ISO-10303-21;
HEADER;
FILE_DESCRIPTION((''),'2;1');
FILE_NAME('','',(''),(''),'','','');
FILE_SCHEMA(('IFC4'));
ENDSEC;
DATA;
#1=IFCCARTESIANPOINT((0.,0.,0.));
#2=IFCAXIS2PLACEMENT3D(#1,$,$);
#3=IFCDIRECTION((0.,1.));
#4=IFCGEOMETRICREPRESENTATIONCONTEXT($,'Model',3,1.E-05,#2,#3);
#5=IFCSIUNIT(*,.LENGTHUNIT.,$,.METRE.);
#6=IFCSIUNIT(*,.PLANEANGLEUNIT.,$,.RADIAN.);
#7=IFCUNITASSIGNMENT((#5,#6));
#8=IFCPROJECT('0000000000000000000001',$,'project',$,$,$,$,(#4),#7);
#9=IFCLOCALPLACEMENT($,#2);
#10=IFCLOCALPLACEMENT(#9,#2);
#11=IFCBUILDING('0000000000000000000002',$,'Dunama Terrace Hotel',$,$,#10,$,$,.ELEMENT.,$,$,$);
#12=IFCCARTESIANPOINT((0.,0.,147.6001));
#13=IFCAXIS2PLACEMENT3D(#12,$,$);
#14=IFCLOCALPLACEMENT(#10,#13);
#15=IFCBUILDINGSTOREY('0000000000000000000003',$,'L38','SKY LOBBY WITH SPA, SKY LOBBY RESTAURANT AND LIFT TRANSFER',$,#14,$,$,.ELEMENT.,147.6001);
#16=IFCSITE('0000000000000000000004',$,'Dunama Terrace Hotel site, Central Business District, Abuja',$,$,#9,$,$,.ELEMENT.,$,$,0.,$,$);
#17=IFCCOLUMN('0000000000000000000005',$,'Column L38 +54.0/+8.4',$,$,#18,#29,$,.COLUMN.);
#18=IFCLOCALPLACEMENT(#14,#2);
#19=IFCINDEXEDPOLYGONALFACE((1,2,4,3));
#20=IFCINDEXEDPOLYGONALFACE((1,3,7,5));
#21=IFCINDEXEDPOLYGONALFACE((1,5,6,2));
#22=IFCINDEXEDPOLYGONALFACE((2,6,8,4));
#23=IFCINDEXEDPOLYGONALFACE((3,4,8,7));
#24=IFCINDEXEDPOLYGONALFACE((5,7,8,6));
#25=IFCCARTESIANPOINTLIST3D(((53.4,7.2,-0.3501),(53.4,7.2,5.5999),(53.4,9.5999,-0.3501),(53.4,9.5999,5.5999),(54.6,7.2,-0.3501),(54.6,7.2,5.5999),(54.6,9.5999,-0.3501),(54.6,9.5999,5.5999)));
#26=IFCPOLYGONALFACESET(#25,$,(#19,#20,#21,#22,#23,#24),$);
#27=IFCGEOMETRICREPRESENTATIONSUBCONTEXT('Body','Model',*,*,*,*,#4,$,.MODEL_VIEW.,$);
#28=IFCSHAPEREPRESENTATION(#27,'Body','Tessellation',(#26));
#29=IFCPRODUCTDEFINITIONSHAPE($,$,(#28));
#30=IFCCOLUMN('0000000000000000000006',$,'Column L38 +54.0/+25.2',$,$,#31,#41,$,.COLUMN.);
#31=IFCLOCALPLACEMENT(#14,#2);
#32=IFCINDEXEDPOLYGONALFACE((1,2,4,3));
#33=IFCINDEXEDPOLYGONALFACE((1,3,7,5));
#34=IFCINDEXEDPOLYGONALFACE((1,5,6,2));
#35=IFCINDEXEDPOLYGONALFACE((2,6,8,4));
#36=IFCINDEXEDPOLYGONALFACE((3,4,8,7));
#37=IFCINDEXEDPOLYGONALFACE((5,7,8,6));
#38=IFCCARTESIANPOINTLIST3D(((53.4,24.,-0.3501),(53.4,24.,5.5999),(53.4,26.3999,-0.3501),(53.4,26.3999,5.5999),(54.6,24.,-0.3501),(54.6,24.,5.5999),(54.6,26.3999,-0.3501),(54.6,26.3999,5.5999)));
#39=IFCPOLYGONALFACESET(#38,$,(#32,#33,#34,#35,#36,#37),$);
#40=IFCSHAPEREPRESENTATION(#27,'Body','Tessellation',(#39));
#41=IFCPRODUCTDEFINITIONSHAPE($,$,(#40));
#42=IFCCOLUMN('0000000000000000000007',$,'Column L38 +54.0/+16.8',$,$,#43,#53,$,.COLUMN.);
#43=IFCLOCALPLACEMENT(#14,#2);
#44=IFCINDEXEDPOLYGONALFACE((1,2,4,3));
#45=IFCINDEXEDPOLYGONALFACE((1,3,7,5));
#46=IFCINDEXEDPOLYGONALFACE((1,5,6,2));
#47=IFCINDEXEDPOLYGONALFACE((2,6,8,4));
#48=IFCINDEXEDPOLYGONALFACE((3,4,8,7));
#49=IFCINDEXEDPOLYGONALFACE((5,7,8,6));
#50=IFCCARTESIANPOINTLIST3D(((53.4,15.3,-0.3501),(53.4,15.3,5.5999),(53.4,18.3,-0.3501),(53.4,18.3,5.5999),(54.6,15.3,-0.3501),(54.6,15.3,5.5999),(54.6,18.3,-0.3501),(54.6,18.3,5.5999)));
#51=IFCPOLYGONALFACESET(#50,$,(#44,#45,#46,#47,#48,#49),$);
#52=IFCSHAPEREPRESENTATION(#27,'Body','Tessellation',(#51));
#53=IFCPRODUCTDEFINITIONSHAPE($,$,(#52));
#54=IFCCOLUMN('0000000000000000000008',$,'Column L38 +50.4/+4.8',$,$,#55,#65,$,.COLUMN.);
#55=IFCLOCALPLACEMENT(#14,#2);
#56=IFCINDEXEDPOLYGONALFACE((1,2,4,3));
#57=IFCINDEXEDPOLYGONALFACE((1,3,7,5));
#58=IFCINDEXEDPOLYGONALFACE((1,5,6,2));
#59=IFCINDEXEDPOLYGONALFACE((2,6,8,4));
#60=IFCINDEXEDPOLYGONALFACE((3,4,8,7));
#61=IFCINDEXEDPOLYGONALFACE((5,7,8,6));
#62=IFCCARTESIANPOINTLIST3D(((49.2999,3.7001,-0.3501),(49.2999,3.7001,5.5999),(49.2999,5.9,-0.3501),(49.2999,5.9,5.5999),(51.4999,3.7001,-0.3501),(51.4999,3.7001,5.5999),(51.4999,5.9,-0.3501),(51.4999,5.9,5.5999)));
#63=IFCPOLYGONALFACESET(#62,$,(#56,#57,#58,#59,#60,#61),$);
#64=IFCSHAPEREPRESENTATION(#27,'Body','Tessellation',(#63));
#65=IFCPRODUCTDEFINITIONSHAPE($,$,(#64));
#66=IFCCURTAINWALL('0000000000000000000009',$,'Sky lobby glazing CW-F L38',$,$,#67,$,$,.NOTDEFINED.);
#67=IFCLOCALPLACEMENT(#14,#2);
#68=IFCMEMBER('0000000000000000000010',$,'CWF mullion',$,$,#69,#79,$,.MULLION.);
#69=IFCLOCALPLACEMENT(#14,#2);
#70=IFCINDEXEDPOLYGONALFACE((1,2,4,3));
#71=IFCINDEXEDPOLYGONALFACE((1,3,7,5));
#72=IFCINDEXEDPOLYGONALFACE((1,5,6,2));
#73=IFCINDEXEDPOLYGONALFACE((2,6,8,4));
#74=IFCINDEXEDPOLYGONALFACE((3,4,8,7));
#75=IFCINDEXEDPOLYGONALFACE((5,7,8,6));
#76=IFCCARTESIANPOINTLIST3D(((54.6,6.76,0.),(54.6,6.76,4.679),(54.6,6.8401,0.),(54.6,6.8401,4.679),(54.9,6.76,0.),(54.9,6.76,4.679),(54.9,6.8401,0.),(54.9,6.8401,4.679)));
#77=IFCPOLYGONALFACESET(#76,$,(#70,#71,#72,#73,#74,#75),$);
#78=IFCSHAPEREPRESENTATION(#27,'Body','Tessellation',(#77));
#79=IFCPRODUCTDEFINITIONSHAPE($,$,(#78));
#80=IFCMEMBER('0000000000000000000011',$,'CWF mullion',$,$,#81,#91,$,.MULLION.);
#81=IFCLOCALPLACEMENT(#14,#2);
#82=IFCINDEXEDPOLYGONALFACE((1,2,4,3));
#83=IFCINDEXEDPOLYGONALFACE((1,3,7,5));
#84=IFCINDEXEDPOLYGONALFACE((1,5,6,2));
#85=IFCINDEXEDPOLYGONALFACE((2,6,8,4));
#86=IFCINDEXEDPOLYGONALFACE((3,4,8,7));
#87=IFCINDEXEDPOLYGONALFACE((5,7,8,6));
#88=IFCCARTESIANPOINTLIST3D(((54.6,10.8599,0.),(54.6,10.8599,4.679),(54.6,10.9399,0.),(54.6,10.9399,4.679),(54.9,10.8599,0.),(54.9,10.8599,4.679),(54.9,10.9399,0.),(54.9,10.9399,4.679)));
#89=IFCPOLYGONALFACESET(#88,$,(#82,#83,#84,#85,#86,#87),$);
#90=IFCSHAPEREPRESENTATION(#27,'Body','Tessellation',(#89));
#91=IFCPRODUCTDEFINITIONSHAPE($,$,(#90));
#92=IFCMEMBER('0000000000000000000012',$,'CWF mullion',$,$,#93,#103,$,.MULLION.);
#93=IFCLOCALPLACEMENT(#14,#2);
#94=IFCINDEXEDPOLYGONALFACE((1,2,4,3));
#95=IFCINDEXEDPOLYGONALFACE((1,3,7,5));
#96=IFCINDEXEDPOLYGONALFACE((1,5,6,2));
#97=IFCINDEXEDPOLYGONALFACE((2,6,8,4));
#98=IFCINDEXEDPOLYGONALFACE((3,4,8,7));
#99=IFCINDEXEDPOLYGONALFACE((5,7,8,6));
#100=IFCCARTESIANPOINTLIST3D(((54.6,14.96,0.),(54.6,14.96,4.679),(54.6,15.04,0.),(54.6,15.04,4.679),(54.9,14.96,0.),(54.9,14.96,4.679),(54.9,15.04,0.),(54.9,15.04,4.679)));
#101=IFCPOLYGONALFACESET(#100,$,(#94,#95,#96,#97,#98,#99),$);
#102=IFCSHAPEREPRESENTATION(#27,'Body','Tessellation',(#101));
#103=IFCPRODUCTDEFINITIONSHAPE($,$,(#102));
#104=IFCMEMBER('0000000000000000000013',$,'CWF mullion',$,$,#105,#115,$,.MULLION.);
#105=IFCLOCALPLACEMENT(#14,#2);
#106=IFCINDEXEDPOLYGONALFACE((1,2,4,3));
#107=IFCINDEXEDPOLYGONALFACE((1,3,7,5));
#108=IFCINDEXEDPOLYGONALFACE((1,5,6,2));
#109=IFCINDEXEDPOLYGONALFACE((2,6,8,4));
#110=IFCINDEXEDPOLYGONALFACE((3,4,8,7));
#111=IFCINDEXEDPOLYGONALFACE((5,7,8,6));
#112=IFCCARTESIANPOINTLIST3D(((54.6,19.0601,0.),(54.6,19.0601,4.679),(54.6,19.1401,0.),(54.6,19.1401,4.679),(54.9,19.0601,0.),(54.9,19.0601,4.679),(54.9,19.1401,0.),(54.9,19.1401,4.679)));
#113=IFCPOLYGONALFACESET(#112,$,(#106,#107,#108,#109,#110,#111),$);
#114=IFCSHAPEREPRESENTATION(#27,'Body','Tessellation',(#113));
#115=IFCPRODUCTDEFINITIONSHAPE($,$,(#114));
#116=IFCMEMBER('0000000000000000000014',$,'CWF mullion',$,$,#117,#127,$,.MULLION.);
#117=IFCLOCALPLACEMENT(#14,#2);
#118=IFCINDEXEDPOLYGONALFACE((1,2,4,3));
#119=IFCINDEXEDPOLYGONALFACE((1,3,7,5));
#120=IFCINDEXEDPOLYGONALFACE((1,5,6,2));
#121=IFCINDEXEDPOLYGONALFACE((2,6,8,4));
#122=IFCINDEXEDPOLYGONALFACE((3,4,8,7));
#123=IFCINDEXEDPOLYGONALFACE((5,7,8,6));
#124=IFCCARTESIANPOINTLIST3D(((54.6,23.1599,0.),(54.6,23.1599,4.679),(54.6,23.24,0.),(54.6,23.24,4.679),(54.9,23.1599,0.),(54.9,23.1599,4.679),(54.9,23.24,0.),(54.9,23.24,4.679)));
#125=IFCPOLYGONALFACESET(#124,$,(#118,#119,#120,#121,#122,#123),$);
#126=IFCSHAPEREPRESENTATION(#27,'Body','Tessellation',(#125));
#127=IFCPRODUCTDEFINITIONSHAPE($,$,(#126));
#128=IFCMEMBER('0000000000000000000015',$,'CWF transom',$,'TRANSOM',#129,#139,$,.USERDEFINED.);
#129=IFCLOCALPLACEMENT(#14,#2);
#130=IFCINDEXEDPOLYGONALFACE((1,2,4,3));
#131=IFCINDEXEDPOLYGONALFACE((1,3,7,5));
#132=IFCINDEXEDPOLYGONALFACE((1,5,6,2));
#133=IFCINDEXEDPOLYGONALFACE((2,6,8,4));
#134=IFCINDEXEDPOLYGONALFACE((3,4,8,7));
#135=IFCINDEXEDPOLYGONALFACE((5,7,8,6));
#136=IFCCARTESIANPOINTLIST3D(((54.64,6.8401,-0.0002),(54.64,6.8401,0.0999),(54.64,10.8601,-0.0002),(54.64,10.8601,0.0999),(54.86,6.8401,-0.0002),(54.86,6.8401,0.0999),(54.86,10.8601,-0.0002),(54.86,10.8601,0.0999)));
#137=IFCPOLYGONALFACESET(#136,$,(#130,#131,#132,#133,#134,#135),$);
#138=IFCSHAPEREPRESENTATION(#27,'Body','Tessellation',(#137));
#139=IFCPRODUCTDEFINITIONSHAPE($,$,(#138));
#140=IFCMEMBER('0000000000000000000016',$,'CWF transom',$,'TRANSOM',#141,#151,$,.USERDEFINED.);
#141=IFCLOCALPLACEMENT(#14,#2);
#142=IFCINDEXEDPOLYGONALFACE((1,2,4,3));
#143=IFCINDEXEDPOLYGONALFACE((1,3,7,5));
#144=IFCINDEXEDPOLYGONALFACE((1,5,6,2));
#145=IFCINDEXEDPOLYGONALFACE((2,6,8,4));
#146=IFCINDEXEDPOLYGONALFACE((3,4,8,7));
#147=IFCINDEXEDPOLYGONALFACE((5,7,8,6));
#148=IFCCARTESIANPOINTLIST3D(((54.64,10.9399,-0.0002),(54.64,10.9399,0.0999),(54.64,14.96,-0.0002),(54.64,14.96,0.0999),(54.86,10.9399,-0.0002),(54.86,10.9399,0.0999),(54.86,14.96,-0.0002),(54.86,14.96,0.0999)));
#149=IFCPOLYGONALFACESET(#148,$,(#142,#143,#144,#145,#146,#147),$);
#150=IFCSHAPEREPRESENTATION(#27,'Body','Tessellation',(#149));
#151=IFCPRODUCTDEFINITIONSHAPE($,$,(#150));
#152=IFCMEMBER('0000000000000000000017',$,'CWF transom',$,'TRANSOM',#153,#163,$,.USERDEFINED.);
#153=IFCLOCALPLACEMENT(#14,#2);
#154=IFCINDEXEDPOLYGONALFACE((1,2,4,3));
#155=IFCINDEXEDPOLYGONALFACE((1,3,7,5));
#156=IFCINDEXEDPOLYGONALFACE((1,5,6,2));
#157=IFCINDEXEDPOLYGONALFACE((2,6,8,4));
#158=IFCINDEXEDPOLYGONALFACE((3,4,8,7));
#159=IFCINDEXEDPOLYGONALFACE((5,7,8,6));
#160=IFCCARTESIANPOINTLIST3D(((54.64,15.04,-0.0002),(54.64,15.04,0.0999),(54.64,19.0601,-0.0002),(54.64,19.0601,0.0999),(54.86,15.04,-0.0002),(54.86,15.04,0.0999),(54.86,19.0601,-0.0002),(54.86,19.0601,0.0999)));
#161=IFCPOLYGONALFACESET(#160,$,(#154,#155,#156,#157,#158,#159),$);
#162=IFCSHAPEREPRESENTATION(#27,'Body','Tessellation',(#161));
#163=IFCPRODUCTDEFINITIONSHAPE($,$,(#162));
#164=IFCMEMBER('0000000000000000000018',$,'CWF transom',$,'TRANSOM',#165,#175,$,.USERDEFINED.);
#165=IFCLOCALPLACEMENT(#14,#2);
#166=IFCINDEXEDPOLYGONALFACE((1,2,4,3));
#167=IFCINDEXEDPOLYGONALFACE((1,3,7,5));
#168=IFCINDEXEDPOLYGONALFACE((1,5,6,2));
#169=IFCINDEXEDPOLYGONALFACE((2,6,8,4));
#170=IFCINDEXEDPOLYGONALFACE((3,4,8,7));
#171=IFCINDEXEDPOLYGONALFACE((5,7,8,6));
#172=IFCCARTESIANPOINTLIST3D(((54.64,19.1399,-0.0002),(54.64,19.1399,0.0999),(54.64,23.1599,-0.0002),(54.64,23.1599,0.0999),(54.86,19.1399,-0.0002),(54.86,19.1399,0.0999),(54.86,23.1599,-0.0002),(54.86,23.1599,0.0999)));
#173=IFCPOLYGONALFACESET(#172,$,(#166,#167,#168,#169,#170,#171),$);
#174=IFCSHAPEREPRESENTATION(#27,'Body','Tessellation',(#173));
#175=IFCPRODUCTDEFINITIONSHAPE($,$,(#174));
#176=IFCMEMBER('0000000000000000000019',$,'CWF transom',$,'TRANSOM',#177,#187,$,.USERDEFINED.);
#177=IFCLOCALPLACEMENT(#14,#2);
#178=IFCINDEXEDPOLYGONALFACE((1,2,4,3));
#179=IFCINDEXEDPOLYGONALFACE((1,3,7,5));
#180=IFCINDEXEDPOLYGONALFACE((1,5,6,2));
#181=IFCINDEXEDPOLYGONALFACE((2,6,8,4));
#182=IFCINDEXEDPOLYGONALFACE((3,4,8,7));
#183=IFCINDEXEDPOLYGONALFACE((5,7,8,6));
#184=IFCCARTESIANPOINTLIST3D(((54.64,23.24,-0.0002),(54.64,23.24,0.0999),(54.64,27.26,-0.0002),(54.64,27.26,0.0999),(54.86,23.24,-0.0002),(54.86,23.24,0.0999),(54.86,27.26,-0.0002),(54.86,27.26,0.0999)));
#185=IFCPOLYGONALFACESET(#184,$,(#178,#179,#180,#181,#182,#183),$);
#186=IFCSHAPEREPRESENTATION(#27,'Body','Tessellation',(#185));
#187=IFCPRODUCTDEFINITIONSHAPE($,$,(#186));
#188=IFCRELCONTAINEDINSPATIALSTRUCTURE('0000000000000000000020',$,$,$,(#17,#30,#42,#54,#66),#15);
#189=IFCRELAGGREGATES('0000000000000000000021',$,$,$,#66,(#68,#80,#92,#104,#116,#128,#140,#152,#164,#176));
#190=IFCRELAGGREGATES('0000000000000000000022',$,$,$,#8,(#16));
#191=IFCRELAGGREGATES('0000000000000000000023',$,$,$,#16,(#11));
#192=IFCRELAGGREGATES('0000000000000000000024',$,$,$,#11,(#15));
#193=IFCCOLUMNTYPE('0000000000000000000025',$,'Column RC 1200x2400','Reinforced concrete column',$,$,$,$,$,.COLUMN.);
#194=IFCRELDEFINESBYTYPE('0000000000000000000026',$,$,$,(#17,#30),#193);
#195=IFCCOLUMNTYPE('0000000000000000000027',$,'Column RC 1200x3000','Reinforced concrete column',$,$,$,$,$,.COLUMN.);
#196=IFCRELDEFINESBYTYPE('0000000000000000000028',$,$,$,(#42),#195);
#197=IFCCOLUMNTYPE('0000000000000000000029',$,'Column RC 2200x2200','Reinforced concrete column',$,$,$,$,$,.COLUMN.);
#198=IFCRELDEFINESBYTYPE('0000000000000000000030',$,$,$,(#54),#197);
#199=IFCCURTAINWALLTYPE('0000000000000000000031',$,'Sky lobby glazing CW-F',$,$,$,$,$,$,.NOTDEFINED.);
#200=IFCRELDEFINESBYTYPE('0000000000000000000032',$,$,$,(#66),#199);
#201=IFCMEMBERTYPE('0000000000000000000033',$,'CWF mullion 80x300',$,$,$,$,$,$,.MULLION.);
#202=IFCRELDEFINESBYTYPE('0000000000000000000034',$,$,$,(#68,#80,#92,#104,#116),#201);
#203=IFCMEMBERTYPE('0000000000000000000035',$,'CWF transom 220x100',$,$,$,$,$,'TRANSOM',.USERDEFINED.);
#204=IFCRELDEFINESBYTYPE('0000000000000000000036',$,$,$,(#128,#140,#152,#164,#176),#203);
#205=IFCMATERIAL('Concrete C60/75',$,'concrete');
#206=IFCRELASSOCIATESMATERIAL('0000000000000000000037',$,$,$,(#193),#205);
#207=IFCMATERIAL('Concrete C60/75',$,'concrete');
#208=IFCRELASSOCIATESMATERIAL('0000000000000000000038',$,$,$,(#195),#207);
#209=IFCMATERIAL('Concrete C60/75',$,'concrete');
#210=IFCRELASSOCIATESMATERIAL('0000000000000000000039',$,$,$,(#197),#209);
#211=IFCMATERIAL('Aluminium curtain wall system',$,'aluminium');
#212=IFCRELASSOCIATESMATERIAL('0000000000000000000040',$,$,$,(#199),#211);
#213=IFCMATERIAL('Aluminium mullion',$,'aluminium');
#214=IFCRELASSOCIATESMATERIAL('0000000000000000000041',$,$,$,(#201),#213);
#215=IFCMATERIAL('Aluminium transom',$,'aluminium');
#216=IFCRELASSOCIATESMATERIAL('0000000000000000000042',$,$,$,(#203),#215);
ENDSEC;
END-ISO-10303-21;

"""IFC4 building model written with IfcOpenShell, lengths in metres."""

from ifc_helpers import new_model, si_unit, direction, frame, origin, origin_2d, place, context, subcontext, project, spatial, rectangle, extrude, material, material_profile, profile_set, type_object, element, aggregate, save


model = new_model("IFC4")

# Units and contexts
model_context = context("Model", 3, precision=1e-05, world=origin(), true_north=direction((0.0, 1.0)))
body_context = subcontext(model_context, "Body", "Model", "MODEL_VIEW")
ifc_project = project(units=[si_unit("LENGTHUNIT", "METRE"), si_unit("PLANEANGLEUNIT", "RADIAN")], contexts=[model_context])

# Site, building, storey
site_placement = place(None, origin())
site = spatial("IfcSite", under=ifc_project, at=site_placement, Name="Dunama Terrace Hotel site, Central Business District, Abuja", CompositionType="ELEMENT", RefElevation=0.0)
building_placement = place(site_placement, origin())
building = spatial("IfcBuilding", under=site, at=building_placement, Name="Dunama Terrace Hotel", CompositionType="ELEMENT")
storey_placement = place(building_placement, frame((0.0, 0.0, 147.6001)))
storey = spatial("IfcBuildingStorey", under=building, at=storey_placement, Name="L38", Description="SKY LOBBY WITH SPA, SKY LOBBY RESTAURANT AND LIFT TRANSFER", CompositionType="ELEMENT", Elevation=147.6001)

# Columns
ifc_material_1 = material(Name="Concrete C60/75", Category="concrete")
ifc_material_profile_1 = material_profile(ifc_material_1, rectangle(XDim=1.2, YDim=2.3999, at=origin_2d()), Name="RC 1200x2400")
ifc_profile_set_1 = profile_set([ifc_material_profile_1], Name="Concrete C60/75")
column_type_1 = type_object("IfcColumnType", Name="Column RC 1200x2400", Description="Reinforced concrete column", PredefinedType="COLUMN", material=ifc_profile_set_1)
for number, where, z_axis, x_axis, name in (
    (1, (54.0, 8.3999, -0.3501), (0.0, 0.0, 1.0), (1.0, 0.0, 0.0), "Column L38 +54.0/+8.4"),
    (2, (54.0, 25.2, -0.3501), (0.0, 0.0, 1.0), (1.0, 0.0, 0.0), "Column L38 +54.0/+25.2"),
):
    element("IfcColumn", number, at=place(storey_placement, frame(where, z_axis=z_axis, x_axis=x_axis)), inside=storey, type_object=column_type_1, Name=name, PredefinedType="COLUMN", context=body_context, shape_type="SweptSolid", body=[
        extrude(rectangle(XDim=1.2, YDim=2.3999, at=origin_2d()), origin(), (0.0, 0.0, 1.0), 5.95),
    ])
ifc_material_2 = material(Name="Concrete C60/75", Category="concrete")
ifc_material_profile_2 = material_profile(ifc_material_2, rectangle(XDim=1.2, YDim=3.0, at=origin_2d()), Name="RC 1200x3000")
ifc_profile_set_2 = profile_set([ifc_material_profile_2], Name="Concrete C60/75")
column_type_2 = type_object("IfcColumnType", Name="Column RC 1200x3000", Description="Reinforced concrete column", PredefinedType="COLUMN", material=ifc_profile_set_2)
column_1_placement = place(storey_placement, frame((54.0, 16.8, -0.3501), z_axis=(0.0, 0.0, 1.0), x_axis=(1.0, 0.0, 0.0)))
element("IfcColumn", 3, at=column_1_placement, inside=storey, type_object=column_type_2, Name="Column L38 +54.0/+16.8", PredefinedType="COLUMN", context=body_context, shape_type="SweptSolid", body=[
    extrude(rectangle(XDim=1.2, YDim=3.0, at=origin_2d()), origin(), (0.0, 0.0, 1.0), 5.95),
])
ifc_material_3 = material(Name="Concrete C60/75", Category="concrete")
ifc_material_profile_3 = material_profile(ifc_material_3, rectangle(XDim=2.2, YDim=2.2, at=origin_2d()), Name="RC 2200x2200")
ifc_profile_set_3 = profile_set([ifc_material_profile_3], Name="Concrete C60/75")
column_type_3 = type_object("IfcColumnType", Name="Column RC 2200x2200", Description="Reinforced concrete column", PredefinedType="COLUMN", material=ifc_profile_set_3)
column_2_placement = place(storey_placement, frame((50.3999, 4.8, -0.3501), z_axis=(0.0, 0.0, 1.0), x_axis=(1.0, 0.0, 0.0)))
element("IfcColumn", 4, at=column_2_placement, inside=storey, type_object=column_type_3, Name="Column L38 +50.4/+4.8", PredefinedType="COLUMN", context=body_context, shape_type="SweptSolid", body=[
    extrude(rectangle(XDim=2.2, YDim=2.2, at=origin_2d()), origin(), (0.0, 0.0, 1.0), 5.95),
])

# Curtain wall, members
ifc_material_4 = material(Name="Aluminium curtain wall system", Category="aluminium")
curtain_wall_type = type_object("IfcCurtainWallType", Name="Sky lobby glazing CW-F", PredefinedType="NOTDEFINED", material=ifc_material_4)
curtain_wall_placement = place(storey_placement, origin())
curtain_wall = element("IfcCurtainWall", 5, at=curtain_wall_placement, inside=storey, type_object=curtain_wall_type, Name="Sky lobby glazing CW-F L38", PredefinedType="NOTDEFINED")
ifc_material_5 = material(Name="Aluminium mullion", Category="aluminium")
ifc_material_profile_4 = material_profile(ifc_material_5, rectangle(XDim=0.0801, YDim=0.3, at=origin_2d()), Name="CWF MULLION 80X300")
ifc_profile_set_4 = profile_set([ifc_material_profile_4], Name="Aluminium mullion")
member_type_1 = type_object("IfcMemberType", Name="CWF mullion 80x300", PredefinedType="MULLION", material=ifc_profile_set_4)
member_1_placement = place(storey_placement, frame((54.75, 6.8, 0.0), z_axis=(0.0, 0.0, 1.0), x_axis=(0.0, 1.0, 0.0)))
member_1 = element("IfcMember", 6, at=member_1_placement, type_object=member_type_1, Name="CWF mullion", PredefinedType="MULLION", context=body_context, shape_type="SweptSolid", body=[
    extrude(rectangle(XDim=0.0801, YDim=0.3, at=origin_2d()), origin(), (0.0, 0.0, 1.0), 4.679),
])
member_2_placement = place(storey_placement, frame((54.75, 10.8999, 0.0), z_axis=(0.0, 0.0, 1.0), x_axis=(0.0, 1.0, 0.0)))
member_2 = element("IfcMember", 7, at=member_2_placement, type_object=member_type_1, Name="CWF mullion", PredefinedType="MULLION", context=body_context, shape_type="SweptSolid", body=[
    extrude(rectangle(XDim=0.0801, YDim=0.3, at=origin_2d()), origin(), (0.0, 0.0, 1.0), 4.679),
])
member_3_placement = place(storey_placement, frame((54.75, 15.0, 0.0), z_axis=(0.0, 0.0, 1.0), x_axis=(0.0, 1.0, 0.0)))
member_3 = element("IfcMember", 8, at=member_3_placement, type_object=member_type_1, Name="CWF mullion", PredefinedType="MULLION", context=body_context, shape_type="SweptSolid", body=[
    extrude(rectangle(XDim=0.0801, YDim=0.3, at=origin_2d()), origin(), (0.0, 0.0, 1.0), 4.679),
])
member_4_placement = place(storey_placement, frame((54.75, 19.1001, 0.0), z_axis=(0.0, 0.0, 1.0), x_axis=(0.0, 1.0, 0.0)))
member_4 = element("IfcMember", 9, at=member_4_placement, type_object=member_type_1, Name="CWF mullion", PredefinedType="MULLION", context=body_context, shape_type="SweptSolid", body=[
    extrude(rectangle(XDim=0.0801, YDim=0.3, at=origin_2d()), origin(), (0.0, 0.0, 1.0), 4.679),
])
member_5_placement = place(storey_placement, frame((54.75, 23.2, 0.0), z_axis=(0.0, 0.0, 1.0), x_axis=(0.0, 1.0, 0.0)))
member_5 = element("IfcMember", 10, at=member_5_placement, type_object=member_type_1, Name="CWF mullion", PredefinedType="MULLION", context=body_context, shape_type="SweptSolid", body=[
    extrude(rectangle(XDim=0.0801, YDim=0.3, at=origin_2d()), origin(), (0.0, 0.0, 1.0), 4.679),
])
ifc_material_6 = material(Name="Aluminium transom", Category="aluminium")
ifc_material_profile_5 = material_profile(ifc_material_6, rectangle(XDim=0.22, YDim=0.1001, at=origin_2d()), Name="CWF TRANSOM 220X100")
ifc_profile_set_5 = profile_set([ifc_material_profile_5], Name="Aluminium transom")
member_type_2 = type_object("IfcMemberType", Name="CWF transom 220x100", ElementType="TRANSOM", PredefinedType="USERDEFINED", material=ifc_profile_set_5)
member_6_placement = place(storey_placement, frame((54.75, 6.8401, 0.0498), z_axis=(0.0, 1.0, 0.0), x_axis=(-1.0, 0.0, 0.0)))
member_6 = element("IfcMember", 11, at=member_6_placement, type_object=member_type_2, Name="CWF transom", ObjectType="TRANSOM", PredefinedType="USERDEFINED", context=body_context, shape_type="SweptSolid", body=[
    extrude(rectangle(XDim=0.22, YDim=0.1001, at=origin_2d()), origin(), (0.0, 0.0, 1.0), 4.02),
])
member_7_placement = place(storey_placement, frame((54.75, 10.9399, 0.0498), z_axis=(0.0, 1.0, 0.0), x_axis=(-1.0, 0.0, 0.0)))
member_7 = element("IfcMember", 12, at=member_7_placement, type_object=member_type_2, Name="CWF transom", ObjectType="TRANSOM", PredefinedType="USERDEFINED", context=body_context, shape_type="SweptSolid", body=[
    extrude(rectangle(XDim=0.22, YDim=0.1001, at=origin_2d()), origin(), (0.0, 0.0, 1.0), 4.02),
])
member_8_placement = place(storey_placement, frame((54.75, 15.04, 0.0498), z_axis=(0.0, 1.0, 0.0), x_axis=(-1.0, 0.0, 0.0)))
member_8 = element("IfcMember", 13, at=member_8_placement, type_object=member_type_2, Name="CWF transom", ObjectType="TRANSOM", PredefinedType="USERDEFINED", context=body_context, shape_type="SweptSolid", body=[
    extrude(rectangle(XDim=0.22, YDim=0.1001, at=origin_2d()), origin(), (0.0, 0.0, 1.0), 4.02),
])
member_9_placement = place(storey_placement, frame((54.75, 19.1399, 0.0498), z_axis=(0.0, 1.0, 0.0), x_axis=(-1.0, 0.0, 0.0)))
member_9 = element("IfcMember", 14, at=member_9_placement, type_object=member_type_2, Name="CWF transom", ObjectType="TRANSOM", PredefinedType="USERDEFINED", context=body_context, shape_type="SweptSolid", body=[
    extrude(rectangle(XDim=0.22, YDim=0.1001, at=origin_2d()), origin(), (0.0, 0.0, 1.0), 4.02),
])
member_10_placement = place(storey_placement, frame((54.75, 23.24, 0.0498), z_axis=(0.0, 1.0, 0.0), x_axis=(-1.0, 0.0, 0.0)))
member_10 = element("IfcMember", 15, at=member_10_placement, type_object=member_type_2, Name="CWF transom", ObjectType="TRANSOM", PredefinedType="USERDEFINED", context=body_context, shape_type="SweptSolid", body=[
    extrude(rectangle(XDim=0.22, YDim=0.1001, at=origin_2d()), origin(), (0.0, 0.0, 1.0), 4.02),
])
aggregate(curtain_wall, [member_1, member_2, member_3, member_4, member_5, member_6, member_7, member_8, member_9, member_10])

save(model, "model.ifc")
